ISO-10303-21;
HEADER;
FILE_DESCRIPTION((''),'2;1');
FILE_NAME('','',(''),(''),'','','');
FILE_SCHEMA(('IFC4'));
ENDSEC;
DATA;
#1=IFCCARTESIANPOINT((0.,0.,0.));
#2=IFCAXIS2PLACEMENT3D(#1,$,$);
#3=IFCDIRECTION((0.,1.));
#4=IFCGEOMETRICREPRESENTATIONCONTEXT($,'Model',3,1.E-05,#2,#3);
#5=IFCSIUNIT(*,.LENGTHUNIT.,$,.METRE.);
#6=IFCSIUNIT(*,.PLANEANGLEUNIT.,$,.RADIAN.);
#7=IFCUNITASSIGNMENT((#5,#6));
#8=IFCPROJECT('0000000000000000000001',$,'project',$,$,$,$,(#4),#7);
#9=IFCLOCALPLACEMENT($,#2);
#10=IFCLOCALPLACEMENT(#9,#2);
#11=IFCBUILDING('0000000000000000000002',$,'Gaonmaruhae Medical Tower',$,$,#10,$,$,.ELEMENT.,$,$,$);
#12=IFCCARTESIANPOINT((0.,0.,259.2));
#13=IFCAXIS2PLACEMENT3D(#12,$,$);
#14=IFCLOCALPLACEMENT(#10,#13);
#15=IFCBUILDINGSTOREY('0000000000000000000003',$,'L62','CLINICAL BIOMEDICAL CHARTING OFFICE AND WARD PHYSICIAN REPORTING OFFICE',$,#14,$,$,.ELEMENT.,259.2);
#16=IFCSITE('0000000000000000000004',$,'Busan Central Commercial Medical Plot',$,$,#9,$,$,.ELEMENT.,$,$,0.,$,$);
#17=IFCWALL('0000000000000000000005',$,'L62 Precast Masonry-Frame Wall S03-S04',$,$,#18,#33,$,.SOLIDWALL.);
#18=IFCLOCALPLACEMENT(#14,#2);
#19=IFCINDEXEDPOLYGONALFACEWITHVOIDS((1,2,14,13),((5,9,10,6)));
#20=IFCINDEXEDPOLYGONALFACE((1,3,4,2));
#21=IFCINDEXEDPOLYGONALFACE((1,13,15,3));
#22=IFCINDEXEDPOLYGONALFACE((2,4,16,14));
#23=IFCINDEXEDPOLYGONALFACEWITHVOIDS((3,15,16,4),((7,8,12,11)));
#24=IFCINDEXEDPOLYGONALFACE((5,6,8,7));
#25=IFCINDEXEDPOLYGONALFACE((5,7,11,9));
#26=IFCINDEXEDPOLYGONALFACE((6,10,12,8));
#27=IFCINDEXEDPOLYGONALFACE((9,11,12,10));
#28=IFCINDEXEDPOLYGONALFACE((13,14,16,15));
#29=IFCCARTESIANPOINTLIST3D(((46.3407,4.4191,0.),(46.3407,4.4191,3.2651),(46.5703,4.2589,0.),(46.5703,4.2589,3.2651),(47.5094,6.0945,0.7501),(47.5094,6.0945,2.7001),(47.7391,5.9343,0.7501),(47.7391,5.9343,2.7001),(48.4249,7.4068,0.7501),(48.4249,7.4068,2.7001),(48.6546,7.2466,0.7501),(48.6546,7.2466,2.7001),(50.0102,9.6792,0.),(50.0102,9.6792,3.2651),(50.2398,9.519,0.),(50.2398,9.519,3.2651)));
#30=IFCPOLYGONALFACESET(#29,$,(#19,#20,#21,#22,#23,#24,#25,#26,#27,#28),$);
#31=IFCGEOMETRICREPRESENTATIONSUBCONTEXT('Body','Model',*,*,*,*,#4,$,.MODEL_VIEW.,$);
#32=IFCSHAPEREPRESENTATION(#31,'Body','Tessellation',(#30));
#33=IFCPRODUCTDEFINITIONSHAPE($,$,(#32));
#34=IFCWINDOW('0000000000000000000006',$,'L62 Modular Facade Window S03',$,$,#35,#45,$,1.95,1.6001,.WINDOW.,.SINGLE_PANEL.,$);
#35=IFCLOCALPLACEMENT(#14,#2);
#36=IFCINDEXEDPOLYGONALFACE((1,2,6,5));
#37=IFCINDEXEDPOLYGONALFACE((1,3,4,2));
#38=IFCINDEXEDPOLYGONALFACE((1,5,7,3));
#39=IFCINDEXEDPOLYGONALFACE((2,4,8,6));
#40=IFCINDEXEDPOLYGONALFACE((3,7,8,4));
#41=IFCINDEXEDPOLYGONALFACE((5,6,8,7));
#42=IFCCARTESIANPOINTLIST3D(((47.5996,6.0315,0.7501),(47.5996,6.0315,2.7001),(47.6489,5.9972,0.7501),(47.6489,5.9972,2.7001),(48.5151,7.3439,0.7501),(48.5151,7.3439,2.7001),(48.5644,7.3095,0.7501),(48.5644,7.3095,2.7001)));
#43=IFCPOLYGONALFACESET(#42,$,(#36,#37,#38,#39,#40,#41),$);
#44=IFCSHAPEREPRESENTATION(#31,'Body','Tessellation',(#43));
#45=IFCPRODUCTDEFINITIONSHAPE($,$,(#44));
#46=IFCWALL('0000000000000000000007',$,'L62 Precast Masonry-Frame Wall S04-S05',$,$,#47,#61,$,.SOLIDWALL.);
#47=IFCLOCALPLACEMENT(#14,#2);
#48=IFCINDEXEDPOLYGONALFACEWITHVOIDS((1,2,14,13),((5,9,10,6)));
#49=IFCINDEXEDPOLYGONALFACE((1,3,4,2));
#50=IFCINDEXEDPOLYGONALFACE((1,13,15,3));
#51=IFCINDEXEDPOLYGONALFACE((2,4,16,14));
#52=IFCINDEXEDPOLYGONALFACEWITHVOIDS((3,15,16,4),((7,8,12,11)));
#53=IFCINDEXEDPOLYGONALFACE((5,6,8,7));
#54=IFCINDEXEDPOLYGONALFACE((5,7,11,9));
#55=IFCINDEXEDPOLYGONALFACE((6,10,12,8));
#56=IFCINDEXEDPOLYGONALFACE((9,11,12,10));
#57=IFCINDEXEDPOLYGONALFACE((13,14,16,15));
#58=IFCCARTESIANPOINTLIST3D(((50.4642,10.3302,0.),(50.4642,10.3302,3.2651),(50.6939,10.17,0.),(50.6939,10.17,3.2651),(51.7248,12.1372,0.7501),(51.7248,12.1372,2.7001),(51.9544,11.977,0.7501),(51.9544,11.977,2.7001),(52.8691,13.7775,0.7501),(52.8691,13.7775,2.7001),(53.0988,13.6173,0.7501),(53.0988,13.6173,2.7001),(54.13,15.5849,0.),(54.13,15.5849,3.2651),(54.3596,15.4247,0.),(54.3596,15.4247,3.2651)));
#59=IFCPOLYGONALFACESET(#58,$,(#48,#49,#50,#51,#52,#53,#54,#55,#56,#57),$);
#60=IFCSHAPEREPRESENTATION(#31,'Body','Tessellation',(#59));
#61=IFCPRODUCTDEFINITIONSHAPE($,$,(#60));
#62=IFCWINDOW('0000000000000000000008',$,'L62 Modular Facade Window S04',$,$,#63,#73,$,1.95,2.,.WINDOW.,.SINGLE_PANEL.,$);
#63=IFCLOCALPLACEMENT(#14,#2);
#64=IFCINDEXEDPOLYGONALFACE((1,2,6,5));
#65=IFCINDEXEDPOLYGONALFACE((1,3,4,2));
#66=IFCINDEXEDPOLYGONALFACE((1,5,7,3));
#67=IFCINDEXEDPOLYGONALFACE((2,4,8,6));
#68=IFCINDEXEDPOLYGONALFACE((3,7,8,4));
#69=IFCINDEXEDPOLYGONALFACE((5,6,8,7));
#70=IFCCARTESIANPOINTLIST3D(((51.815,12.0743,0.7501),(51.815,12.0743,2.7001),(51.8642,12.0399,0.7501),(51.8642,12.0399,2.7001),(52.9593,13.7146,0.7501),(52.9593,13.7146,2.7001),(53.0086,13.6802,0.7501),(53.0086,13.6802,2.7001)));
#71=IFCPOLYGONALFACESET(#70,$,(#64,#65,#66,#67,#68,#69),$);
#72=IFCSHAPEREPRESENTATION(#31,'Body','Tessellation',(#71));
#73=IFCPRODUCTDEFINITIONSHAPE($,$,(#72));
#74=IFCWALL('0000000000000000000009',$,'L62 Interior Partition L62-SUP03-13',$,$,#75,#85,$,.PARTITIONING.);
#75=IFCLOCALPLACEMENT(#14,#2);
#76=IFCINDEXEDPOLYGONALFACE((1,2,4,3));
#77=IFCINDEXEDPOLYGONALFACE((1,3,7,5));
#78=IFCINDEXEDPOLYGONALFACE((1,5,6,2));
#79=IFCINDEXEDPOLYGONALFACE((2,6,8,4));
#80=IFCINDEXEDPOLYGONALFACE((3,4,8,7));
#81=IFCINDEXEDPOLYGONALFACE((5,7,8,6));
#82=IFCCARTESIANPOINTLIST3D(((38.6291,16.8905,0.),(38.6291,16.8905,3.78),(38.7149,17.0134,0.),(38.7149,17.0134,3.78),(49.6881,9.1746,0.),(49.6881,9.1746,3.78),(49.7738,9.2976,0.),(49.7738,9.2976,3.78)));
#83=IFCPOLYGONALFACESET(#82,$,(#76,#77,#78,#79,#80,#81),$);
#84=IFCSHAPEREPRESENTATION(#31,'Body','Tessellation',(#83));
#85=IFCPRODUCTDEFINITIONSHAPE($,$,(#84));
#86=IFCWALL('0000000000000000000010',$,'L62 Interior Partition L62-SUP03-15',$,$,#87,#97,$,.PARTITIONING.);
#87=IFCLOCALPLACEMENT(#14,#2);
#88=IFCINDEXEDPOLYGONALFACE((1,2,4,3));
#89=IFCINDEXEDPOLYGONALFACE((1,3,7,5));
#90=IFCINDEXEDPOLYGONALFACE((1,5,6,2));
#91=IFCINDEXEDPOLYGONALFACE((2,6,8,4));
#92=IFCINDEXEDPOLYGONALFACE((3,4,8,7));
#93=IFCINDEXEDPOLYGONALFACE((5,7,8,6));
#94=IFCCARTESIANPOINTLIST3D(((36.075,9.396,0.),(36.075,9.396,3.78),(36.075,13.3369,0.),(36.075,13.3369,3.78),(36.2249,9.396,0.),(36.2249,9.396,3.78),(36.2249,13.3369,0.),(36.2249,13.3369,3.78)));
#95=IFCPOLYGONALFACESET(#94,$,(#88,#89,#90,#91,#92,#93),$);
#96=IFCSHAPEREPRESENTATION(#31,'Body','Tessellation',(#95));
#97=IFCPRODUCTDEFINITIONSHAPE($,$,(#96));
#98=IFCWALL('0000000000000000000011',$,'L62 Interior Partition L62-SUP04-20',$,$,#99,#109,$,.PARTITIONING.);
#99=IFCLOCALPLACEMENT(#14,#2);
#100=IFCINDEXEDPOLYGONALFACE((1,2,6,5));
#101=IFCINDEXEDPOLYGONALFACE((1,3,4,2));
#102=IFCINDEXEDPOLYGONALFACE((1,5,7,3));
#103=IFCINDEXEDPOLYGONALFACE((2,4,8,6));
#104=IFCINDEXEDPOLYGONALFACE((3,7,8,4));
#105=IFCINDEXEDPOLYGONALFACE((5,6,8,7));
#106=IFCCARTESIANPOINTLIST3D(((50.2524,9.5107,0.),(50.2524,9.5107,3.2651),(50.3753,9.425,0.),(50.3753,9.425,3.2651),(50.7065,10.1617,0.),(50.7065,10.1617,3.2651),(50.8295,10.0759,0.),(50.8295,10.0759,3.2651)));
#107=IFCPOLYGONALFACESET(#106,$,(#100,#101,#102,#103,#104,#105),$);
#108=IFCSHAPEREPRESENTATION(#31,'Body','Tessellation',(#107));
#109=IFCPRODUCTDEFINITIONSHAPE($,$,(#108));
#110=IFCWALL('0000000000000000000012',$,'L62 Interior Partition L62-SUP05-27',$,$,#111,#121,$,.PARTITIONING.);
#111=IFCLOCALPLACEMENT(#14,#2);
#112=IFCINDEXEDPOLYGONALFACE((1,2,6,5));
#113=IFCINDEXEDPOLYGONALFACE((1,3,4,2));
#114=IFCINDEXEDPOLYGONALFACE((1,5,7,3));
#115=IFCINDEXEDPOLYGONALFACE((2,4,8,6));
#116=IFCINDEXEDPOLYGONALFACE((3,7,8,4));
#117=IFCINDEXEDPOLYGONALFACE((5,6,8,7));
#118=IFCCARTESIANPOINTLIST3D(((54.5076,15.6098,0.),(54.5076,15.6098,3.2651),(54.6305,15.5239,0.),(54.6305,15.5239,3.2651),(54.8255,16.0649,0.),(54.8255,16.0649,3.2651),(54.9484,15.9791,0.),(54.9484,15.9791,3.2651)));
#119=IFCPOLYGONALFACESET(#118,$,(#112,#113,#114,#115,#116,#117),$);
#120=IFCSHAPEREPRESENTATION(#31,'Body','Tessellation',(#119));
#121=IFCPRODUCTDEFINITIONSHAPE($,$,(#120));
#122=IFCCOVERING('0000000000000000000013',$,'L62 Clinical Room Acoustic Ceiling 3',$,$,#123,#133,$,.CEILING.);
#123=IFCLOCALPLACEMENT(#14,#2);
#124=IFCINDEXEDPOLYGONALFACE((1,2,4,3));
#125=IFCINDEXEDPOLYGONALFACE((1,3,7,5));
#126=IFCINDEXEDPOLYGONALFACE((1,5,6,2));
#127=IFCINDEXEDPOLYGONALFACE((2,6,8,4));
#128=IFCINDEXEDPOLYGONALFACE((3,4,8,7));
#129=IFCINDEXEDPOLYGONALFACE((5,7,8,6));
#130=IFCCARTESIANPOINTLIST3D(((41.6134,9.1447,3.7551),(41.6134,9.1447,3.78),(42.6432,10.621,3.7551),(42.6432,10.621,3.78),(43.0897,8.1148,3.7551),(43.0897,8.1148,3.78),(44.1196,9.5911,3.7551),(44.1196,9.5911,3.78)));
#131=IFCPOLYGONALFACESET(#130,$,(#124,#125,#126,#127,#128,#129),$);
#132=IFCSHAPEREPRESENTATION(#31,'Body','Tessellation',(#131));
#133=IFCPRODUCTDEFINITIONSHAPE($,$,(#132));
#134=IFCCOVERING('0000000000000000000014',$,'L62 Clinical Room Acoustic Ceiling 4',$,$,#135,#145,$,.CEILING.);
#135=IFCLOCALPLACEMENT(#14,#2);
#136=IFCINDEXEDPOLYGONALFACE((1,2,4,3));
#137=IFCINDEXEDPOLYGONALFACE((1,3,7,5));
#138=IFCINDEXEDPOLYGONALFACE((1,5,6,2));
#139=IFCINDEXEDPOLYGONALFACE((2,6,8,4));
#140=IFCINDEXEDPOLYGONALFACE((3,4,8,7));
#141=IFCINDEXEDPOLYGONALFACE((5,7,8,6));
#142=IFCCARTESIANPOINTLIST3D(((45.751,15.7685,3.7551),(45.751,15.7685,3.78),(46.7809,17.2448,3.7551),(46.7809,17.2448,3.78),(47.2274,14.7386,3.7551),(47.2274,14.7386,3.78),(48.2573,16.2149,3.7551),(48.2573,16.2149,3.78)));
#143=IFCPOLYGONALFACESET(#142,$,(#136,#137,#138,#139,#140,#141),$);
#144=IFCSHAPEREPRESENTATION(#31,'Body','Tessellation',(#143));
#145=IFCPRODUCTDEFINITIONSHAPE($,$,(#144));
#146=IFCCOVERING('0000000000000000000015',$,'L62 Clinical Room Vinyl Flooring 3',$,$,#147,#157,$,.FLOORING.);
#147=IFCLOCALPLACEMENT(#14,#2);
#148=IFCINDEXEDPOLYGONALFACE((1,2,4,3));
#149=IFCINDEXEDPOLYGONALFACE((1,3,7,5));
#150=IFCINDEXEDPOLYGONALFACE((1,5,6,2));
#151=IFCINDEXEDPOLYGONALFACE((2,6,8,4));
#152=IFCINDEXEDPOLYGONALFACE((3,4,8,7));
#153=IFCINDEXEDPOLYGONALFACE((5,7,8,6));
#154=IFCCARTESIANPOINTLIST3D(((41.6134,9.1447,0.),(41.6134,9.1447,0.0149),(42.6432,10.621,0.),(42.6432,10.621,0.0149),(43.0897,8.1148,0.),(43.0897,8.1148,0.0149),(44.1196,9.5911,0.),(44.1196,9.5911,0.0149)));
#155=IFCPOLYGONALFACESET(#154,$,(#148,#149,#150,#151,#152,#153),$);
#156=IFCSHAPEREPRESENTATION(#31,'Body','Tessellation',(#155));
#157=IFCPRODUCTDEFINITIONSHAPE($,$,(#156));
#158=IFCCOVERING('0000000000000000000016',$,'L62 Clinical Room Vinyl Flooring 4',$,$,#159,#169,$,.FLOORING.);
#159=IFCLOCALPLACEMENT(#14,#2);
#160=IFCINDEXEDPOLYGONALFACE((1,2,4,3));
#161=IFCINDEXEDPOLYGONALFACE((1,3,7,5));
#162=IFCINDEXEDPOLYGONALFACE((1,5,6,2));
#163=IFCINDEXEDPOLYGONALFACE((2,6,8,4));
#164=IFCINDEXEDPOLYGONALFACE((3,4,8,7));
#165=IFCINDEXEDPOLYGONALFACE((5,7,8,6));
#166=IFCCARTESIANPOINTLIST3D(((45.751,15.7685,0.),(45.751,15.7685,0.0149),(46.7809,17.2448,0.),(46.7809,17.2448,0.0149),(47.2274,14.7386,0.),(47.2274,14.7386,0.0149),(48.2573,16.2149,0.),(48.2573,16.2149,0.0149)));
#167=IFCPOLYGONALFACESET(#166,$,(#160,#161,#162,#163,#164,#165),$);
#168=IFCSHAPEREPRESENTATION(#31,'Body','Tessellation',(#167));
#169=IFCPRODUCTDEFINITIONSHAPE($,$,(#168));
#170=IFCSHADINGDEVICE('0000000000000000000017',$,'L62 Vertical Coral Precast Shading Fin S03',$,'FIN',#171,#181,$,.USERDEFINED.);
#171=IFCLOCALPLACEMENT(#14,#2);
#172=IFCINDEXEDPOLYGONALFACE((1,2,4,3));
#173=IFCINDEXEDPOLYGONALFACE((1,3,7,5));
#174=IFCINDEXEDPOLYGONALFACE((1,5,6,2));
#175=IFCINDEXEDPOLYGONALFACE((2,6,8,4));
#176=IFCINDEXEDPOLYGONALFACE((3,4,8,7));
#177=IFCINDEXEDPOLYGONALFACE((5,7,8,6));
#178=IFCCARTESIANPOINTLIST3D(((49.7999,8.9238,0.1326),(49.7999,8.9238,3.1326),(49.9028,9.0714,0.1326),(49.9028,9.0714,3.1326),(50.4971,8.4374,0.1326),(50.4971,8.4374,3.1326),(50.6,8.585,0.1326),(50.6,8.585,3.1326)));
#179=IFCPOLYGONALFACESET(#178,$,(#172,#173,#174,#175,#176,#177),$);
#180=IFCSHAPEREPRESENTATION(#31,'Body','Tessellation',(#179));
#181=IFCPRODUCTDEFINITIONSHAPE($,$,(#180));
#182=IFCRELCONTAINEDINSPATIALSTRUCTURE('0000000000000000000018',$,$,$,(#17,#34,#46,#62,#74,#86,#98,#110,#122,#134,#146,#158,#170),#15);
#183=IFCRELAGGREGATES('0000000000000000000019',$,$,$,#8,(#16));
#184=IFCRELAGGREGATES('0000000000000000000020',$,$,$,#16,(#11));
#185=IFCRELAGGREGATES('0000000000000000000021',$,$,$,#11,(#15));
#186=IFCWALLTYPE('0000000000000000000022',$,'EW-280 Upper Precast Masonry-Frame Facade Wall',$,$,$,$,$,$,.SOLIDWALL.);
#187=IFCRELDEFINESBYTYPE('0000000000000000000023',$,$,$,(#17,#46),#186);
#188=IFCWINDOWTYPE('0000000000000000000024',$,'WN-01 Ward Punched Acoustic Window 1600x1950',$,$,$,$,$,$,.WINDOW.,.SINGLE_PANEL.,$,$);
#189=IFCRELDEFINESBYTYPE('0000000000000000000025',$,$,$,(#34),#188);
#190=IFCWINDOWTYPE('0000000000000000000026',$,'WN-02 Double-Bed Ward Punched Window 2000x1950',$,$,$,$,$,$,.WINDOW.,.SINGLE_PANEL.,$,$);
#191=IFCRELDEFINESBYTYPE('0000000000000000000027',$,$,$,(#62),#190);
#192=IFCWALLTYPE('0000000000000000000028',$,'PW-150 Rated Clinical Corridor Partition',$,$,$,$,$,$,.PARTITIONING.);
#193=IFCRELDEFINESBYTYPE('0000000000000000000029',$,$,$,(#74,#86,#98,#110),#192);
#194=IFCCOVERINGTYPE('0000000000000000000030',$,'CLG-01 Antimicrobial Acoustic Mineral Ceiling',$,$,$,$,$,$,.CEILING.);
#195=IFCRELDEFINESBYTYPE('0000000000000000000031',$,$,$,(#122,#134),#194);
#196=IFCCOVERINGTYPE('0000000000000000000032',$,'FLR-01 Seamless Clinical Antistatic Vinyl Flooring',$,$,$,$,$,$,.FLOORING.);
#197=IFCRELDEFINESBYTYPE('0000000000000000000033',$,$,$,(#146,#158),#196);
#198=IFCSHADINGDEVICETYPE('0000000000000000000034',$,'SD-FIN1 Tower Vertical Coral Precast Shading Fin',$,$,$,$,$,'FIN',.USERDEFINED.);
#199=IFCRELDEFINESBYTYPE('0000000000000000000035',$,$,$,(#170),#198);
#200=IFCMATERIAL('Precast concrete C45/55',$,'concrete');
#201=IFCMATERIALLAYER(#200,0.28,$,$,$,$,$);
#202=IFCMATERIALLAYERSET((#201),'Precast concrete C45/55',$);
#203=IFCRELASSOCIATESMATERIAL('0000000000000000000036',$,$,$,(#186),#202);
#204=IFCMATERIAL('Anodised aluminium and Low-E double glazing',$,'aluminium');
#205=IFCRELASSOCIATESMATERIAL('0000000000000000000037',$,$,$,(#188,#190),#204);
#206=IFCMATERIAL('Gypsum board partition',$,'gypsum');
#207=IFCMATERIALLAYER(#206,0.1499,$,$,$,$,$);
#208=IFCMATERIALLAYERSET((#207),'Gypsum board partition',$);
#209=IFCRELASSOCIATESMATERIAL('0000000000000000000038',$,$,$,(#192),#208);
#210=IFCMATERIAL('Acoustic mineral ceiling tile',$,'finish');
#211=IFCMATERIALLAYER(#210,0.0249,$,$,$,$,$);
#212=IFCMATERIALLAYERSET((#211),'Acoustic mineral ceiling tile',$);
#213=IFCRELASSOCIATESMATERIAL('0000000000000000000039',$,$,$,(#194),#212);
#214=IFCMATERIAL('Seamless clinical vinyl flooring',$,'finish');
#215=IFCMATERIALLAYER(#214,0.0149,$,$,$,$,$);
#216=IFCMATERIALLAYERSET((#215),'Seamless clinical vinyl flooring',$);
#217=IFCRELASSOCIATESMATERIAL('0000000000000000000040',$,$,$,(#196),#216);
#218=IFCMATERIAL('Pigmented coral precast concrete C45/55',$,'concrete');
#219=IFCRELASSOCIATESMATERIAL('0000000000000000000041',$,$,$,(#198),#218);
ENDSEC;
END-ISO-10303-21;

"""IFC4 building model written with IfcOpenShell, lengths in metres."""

from ifc_helpers import new_model, si_unit, direction, frame, frame_2d, origin, origin_2d, place, context, subcontext, project, spatial, rectangle, extrude, material, layer, layer_set, type_object, element, fill, save


model = new_model("IFC4")

# Units and contexts
model_context = context("Model", 3, precision=1e-05, world=origin(), true_north=direction((0.0, 1.0)))
body_context = subcontext(model_context, "Body", "Model", "MODEL_VIEW")
ifc_project = project(units=[si_unit("LENGTHUNIT", "METRE"), si_unit("PLANEANGLEUNIT", "RADIAN")], contexts=[model_context])

# Site, building, storey
site_placement = place(None, origin())
site = spatial("IfcSite", under=ifc_project, at=site_placement, Name="Busan Central Commercial Medical Plot", CompositionType="ELEMENT", RefElevation=0.0)
building_placement = place(site_placement, origin())
building = spatial("IfcBuilding", under=site, at=building_placement, Name="Gaonmaruhae Medical Tower", CompositionType="ELEMENT")
storey_placement = place(building_placement, frame((0.0, 0.0, 259.2)))
storey = spatial("IfcBuildingStorey", under=building, at=storey_placement, Name="L62", Description="CLINICAL BIOMEDICAL CHARTING OFFICE AND WARD PHYSICIAN REPORTING OFFICE", CompositionType="ELEMENT", Elevation=259.2)

# Walls, openings, windows
ifc_material_1 = material(Name="Precast concrete C45/55", Category="concrete")
ifc_layer_1 = layer(ifc_material_1, 0.28)
ifc_layer_set_1 = layer_set([ifc_layer_1], Name="Precast concrete C45/55")
wall_type_1 = type_object("IfcWallType", Name="EW-280 Upper Precast Masonry-Frame Facade Wall", PredefinedType="SOLIDWALL", material=ifc_layer_set_1)
wall_1_placement = place(storey_placement, frame((50.125, 9.5991, 0.0), z_axis=(0.0, 0.0, 1.0), x_axis=(-0.572146, -0.820152, 0.0)))
wall_1 = element("IfcWall", 1, at=wall_1_placement, inside=storey, type_object=wall_type_1, Name="L62 Precast Masonry-Frame Wall S03-S04", PredefinedType="SOLIDWALL", context=body_context, shape_type="SweptSolid", body=[
    extrude(rectangle(XDim=6.4136, YDim=0.28, at=frame_2d((3.2068, 0.0))), origin(), (0.0, 0.0, 1.0), 3.2651),
])
opening_1_placement = place(wall_1_placement, frame((2.7708, 0.0, 0.75)))
opening_1 = element("IfcOpeningElement", 2, at=opening_1_placement, cuts=wall_1, PredefinedType="OPENING", context=body_context, shape_type="SweptSolid", body=[
    extrude(rectangle(XDim=1.6001, YDim=1.95, at=frame_2d((0.8, 0.9751))), frame((0.0, 0.1499, 0.0), z_axis=(0.0, -1.0, 0.0), x_axis=(1.0, 0.0, 0.0)), (0.0, 0.0, 1.0), 0.3),
])
ifc_material_2 = material(Name="Anodised aluminium and Low-E double glazing", Category="aluminium")
window_type_1 = type_object("IfcWindowType", Name="WN-01 Ward Punched Acoustic Window 1600x1950", PartitioningType="SINGLE_PANEL", PredefinedType="WINDOW", material=ifc_material_2)
window_1_placement = place(opening_1_placement, origin())
window_1 = element("IfcWindow", 3, at=window_1_placement, inside=storey, type_object=window_type_1, Name="L62 Modular Facade Window S03", OverallHeight=1.95, OverallWidth=1.6001, PartitioningType="SINGLE_PANEL", PredefinedType="WINDOW", context=body_context, shape_type="SweptSolid", body=[
    extrude(rectangle(XDim=1.6001, YDim=1.95, at=frame_2d((0.8, 0.9751))), frame((0.0, 0.03, 0.0), z_axis=(0.0, -1.0, 0.0), x_axis=(1.0, 0.0, 0.0)), (0.0, 0.0, 1.0), 0.0601),
])
fill(opening_1, window_1)
wall_2_placement = place(storey_placement, frame((54.2449, 15.5049, 0.0), z_axis=(0.0, 0.0, 1.0), x_axis=(-0.572155, -0.820146, 0.0)))
wall_2 = element("IfcWall", 4, at=wall_2_placement, inside=storey, type_object=wall_type_1, Name="L62 Precast Masonry-Frame Wall S04-S05", PredefinedType="SOLIDWALL", context=body_context, shape_type="SweptSolid", body=[
    extrude(rectangle(XDim=6.407, YDim=0.28, at=frame_2d((3.2036, 0.0))), origin(), (0.0, 0.0, 1.0), 3.2651),
])
opening_2_placement = place(wall_2_placement, frame((2.2039, 0.0, 0.75)))
opening_2 = element("IfcOpeningElement", 5, at=opening_2_placement, cuts=wall_2, PredefinedType="OPENING", context=body_context, shape_type="SweptSolid", body=[
    extrude(rectangle(XDim=2.0, YDim=1.95, at=frame_2d((1.0, 0.9751))), frame((0.0, 0.1499, 0.0), z_axis=(0.0, -1.0, 0.0), x_axis=(1.0, 0.0, 0.0)), (0.0, 0.0, 1.0), 0.3),
])
window_type_2 = type_object("IfcWindowType", Name="WN-02 Double-Bed Ward Punched Window 2000x1950", PartitioningType="SINGLE_PANEL", PredefinedType="WINDOW", material=ifc_material_2)
window_2_placement = place(opening_2_placement, origin())
window_2 = element("IfcWindow", 6, at=window_2_placement, inside=storey, type_object=window_type_2, Name="L62 Modular Facade Window S04", OverallHeight=1.95, OverallWidth=2.0, PartitioningType="SINGLE_PANEL", PredefinedType="WINDOW", context=body_context, shape_type="SweptSolid", body=[
    extrude(rectangle(XDim=2.0, YDim=1.95, at=frame_2d((1.0, 0.9751))), frame((0.0, 0.03, 0.0), z_axis=(0.0, -1.0, 0.0), x_axis=(1.0, 0.0, 0.0)), (0.0, 0.0, 1.0), 0.0601),
])
fill(opening_2, window_2)

# Walls
ifc_material_3 = material(Name="Gypsum board partition", Category="gypsum")
ifc_layer_2 = layer(ifc_material_3, 0.1499)
ifc_layer_set_2 = layer_set([ifc_layer_2], Name="Gypsum board partition")
wall_type_2 = type_object("IfcWallType", Name="PW-150 Rated Clinical Corridor Partition", PredefinedType="PARTITIONING", material=ifc_layer_set_2)
wall_3_placement = place(storey_placement, frame((38.6721, 16.9519, 0.0), z_axis=(0.0, 0.0, 1.0), x_axis=(0.820115, -0.572199, 0.0)))
element("IfcWall", 7, at=wall_3_placement, inside=storey, type_object=wall_type_2, Name="L62 Interior Partition L62-SUP03-13", PredefinedType="PARTITIONING", context=body_context, shape_type="SweptSolid", body=[
    extrude(rectangle(XDim=13.4846, YDim=0.1499, at=frame_2d((6.7422, 0.0))), origin(), (0.0, 0.0, 1.0), 3.78),
])
wall_4_placement = place(storey_placement, frame((36.1499, 9.396, 0.0), z_axis=(0.0, 0.0, 1.0), x_axis=(0.0, 1.0, 0.0)))
element("IfcWall", 8, at=wall_4_placement, inside=storey, type_object=wall_type_2, Name="L62 Interior Partition L62-SUP03-15", PredefinedType="PARTITIONING", context=body_context, shape_type="SweptSolid", body=[
    extrude(rectangle(XDim=3.9409, YDim=0.1499, at=frame_2d((1.9705, 0.0))), origin(), (0.0, 0.0, 1.0), 3.78),
])

# Walls
wall_5_placement = place(storey_placement, frame((50.7681, 10.1189, 0.0), z_axis=(0.0, 0.0, 1.0), x_axis=(-0.572182, -0.820127, 0.0)))
element("IfcWall", 9, at=wall_5_placement, inside=storey, type_object=wall_type_2, Name="L62 Interior Partition L62-SUP04-20", PredefinedType="PARTITIONING", context=body_context, shape_type="SweptSolid", body=[
    extrude(rectangle(XDim=0.7937, YDim=0.1499, at=frame_2d((0.397, 0.0))), origin(), (0.0, 0.0, 1.0), 3.2651),
])
wall_6_placement = place(storey_placement, frame((54.887, 16.022, 0.0), z_axis=(0.0, 0.0, 1.0), x_axis=(-0.572636, -0.81981, 0.0)))
element("IfcWall", 10, at=wall_6_placement, inside=storey, type_object=wall_type_2, Name="L62 Interior Partition L62-SUP05-27", PredefinedType="PARTITIONING", context=body_context, shape_type="SweptSolid", body=[
    extrude(rectangle(XDim=0.5552, YDim=0.1499, at=frame_2d((0.2776, 0.0))), origin(), (0.0, 0.0, 1.0), 3.2651),
])

# Coverings
ifc_material_4 = material(Name="Acoustic mineral ceiling tile", Category="finish")
ifc_layer_3 = layer(ifc_material_4, 0.0249)
ifc_layer_set_3 = layer_set([ifc_layer_3], Name="Acoustic mineral ceiling tile")
covering_type_1 = type_object("IfcCoveringType", Name="CLG-01 Antimicrobial Acoustic Mineral Ceiling", PredefinedType="CEILING", material=ifc_layer_set_3)
for number, where, z_axis, x_axis, name in (
    (11, (42.8665, 9.3679, 3.7551), (0.0, 0.0, 1.0), (0.572146, 0.820152, 0.0), "L62 Clinical Room Acoustic Ceiling 3"),
    (12, (47.0042, 15.9917, 3.7551), (0.0, 0.0, 1.0), (0.572146, 0.820152, 0.0), "L62 Clinical Room Acoustic Ceiling 4"),
):
    element("IfcCovering", number, at=place(storey_placement, frame(where, z_axis=z_axis, x_axis=x_axis)), inside=storey, type_object=covering_type_1, Name=name, PredefinedType="CEILING", context=body_context, shape_type="SweptSolid", body=[
        extrude(rectangle(XDim=1.8, YDim=1.8, at=origin_2d()), origin(), (0.0, 0.0, 1.0), 0.0249),
    ])
ifc_material_5 = material(Name="Seamless clinical vinyl flooring", Category="finish")
ifc_layer_4 = layer(ifc_material_5, 0.0149)
ifc_layer_set_4 = layer_set([ifc_layer_4], Name="Seamless clinical vinyl flooring")
covering_type_2 = type_object("IfcCoveringType", Name="FLR-01 Seamless Clinical Antistatic Vinyl Flooring", PredefinedType="FLOORING", material=ifc_layer_set_4)
for number, where, z_axis, x_axis, name in (
    (13, (42.8665, 9.3679, 0.0), (0.0, 0.0, 1.0), (0.572146, 0.820152, 0.0), "L62 Clinical Room Vinyl Flooring 3"),
    (14, (47.0042, 15.9917, 0.0), (0.0, 0.0, 1.0), (0.572146, 0.820152, 0.0), "L62 Clinical Room Vinyl Flooring 4"),
):
    element("IfcCovering", number, at=place(storey_placement, frame(where, z_axis=z_axis, x_axis=x_axis)), inside=storey, type_object=covering_type_2, Name=name, PredefinedType="FLOORING", context=body_context, shape_type="SweptSolid", body=[
        extrude(rectangle(XDim=1.8, YDim=1.8, at=origin_2d()), origin(), (0.0, 0.0, 1.0), 0.0149),
    ])

# Shading device
ifc_material_6 = material(Name="Pigmented coral precast concrete C45/55", Category="concrete")
shading_device_type = type_object("IfcShadingDeviceType", Name="SD-FIN1 Tower Vertical Coral Precast Shading Fin", ElementType="FIN", PredefinedType="USERDEFINED", material=ifc_material_6)
for number, where, z_axis, x_axis, name in (
    (15, (50.2, 8.7544, 0.1326), (0.0, 0.0, 1.0), (-0.572146, -0.820152, 0.0), "L62 Vertical Coral Precast Shading Fin S03"),
):
    element("IfcShadingDevice", number, at=place(storey_placement, frame(where, z_axis=z_axis, x_axis=x_axis)), inside=storey, type_object=shading_device_type, Name=name, ObjectType="FIN", PredefinedType="USERDEFINED", context=body_context, shape_type="SweptSolid", body=[
        extrude(rectangle(XDim=0.1799, YDim=0.8501, at=origin_2d()), origin(), (0.0, 0.0, 1.0), 3.0),
    ])

save(model, "model.ifc")
